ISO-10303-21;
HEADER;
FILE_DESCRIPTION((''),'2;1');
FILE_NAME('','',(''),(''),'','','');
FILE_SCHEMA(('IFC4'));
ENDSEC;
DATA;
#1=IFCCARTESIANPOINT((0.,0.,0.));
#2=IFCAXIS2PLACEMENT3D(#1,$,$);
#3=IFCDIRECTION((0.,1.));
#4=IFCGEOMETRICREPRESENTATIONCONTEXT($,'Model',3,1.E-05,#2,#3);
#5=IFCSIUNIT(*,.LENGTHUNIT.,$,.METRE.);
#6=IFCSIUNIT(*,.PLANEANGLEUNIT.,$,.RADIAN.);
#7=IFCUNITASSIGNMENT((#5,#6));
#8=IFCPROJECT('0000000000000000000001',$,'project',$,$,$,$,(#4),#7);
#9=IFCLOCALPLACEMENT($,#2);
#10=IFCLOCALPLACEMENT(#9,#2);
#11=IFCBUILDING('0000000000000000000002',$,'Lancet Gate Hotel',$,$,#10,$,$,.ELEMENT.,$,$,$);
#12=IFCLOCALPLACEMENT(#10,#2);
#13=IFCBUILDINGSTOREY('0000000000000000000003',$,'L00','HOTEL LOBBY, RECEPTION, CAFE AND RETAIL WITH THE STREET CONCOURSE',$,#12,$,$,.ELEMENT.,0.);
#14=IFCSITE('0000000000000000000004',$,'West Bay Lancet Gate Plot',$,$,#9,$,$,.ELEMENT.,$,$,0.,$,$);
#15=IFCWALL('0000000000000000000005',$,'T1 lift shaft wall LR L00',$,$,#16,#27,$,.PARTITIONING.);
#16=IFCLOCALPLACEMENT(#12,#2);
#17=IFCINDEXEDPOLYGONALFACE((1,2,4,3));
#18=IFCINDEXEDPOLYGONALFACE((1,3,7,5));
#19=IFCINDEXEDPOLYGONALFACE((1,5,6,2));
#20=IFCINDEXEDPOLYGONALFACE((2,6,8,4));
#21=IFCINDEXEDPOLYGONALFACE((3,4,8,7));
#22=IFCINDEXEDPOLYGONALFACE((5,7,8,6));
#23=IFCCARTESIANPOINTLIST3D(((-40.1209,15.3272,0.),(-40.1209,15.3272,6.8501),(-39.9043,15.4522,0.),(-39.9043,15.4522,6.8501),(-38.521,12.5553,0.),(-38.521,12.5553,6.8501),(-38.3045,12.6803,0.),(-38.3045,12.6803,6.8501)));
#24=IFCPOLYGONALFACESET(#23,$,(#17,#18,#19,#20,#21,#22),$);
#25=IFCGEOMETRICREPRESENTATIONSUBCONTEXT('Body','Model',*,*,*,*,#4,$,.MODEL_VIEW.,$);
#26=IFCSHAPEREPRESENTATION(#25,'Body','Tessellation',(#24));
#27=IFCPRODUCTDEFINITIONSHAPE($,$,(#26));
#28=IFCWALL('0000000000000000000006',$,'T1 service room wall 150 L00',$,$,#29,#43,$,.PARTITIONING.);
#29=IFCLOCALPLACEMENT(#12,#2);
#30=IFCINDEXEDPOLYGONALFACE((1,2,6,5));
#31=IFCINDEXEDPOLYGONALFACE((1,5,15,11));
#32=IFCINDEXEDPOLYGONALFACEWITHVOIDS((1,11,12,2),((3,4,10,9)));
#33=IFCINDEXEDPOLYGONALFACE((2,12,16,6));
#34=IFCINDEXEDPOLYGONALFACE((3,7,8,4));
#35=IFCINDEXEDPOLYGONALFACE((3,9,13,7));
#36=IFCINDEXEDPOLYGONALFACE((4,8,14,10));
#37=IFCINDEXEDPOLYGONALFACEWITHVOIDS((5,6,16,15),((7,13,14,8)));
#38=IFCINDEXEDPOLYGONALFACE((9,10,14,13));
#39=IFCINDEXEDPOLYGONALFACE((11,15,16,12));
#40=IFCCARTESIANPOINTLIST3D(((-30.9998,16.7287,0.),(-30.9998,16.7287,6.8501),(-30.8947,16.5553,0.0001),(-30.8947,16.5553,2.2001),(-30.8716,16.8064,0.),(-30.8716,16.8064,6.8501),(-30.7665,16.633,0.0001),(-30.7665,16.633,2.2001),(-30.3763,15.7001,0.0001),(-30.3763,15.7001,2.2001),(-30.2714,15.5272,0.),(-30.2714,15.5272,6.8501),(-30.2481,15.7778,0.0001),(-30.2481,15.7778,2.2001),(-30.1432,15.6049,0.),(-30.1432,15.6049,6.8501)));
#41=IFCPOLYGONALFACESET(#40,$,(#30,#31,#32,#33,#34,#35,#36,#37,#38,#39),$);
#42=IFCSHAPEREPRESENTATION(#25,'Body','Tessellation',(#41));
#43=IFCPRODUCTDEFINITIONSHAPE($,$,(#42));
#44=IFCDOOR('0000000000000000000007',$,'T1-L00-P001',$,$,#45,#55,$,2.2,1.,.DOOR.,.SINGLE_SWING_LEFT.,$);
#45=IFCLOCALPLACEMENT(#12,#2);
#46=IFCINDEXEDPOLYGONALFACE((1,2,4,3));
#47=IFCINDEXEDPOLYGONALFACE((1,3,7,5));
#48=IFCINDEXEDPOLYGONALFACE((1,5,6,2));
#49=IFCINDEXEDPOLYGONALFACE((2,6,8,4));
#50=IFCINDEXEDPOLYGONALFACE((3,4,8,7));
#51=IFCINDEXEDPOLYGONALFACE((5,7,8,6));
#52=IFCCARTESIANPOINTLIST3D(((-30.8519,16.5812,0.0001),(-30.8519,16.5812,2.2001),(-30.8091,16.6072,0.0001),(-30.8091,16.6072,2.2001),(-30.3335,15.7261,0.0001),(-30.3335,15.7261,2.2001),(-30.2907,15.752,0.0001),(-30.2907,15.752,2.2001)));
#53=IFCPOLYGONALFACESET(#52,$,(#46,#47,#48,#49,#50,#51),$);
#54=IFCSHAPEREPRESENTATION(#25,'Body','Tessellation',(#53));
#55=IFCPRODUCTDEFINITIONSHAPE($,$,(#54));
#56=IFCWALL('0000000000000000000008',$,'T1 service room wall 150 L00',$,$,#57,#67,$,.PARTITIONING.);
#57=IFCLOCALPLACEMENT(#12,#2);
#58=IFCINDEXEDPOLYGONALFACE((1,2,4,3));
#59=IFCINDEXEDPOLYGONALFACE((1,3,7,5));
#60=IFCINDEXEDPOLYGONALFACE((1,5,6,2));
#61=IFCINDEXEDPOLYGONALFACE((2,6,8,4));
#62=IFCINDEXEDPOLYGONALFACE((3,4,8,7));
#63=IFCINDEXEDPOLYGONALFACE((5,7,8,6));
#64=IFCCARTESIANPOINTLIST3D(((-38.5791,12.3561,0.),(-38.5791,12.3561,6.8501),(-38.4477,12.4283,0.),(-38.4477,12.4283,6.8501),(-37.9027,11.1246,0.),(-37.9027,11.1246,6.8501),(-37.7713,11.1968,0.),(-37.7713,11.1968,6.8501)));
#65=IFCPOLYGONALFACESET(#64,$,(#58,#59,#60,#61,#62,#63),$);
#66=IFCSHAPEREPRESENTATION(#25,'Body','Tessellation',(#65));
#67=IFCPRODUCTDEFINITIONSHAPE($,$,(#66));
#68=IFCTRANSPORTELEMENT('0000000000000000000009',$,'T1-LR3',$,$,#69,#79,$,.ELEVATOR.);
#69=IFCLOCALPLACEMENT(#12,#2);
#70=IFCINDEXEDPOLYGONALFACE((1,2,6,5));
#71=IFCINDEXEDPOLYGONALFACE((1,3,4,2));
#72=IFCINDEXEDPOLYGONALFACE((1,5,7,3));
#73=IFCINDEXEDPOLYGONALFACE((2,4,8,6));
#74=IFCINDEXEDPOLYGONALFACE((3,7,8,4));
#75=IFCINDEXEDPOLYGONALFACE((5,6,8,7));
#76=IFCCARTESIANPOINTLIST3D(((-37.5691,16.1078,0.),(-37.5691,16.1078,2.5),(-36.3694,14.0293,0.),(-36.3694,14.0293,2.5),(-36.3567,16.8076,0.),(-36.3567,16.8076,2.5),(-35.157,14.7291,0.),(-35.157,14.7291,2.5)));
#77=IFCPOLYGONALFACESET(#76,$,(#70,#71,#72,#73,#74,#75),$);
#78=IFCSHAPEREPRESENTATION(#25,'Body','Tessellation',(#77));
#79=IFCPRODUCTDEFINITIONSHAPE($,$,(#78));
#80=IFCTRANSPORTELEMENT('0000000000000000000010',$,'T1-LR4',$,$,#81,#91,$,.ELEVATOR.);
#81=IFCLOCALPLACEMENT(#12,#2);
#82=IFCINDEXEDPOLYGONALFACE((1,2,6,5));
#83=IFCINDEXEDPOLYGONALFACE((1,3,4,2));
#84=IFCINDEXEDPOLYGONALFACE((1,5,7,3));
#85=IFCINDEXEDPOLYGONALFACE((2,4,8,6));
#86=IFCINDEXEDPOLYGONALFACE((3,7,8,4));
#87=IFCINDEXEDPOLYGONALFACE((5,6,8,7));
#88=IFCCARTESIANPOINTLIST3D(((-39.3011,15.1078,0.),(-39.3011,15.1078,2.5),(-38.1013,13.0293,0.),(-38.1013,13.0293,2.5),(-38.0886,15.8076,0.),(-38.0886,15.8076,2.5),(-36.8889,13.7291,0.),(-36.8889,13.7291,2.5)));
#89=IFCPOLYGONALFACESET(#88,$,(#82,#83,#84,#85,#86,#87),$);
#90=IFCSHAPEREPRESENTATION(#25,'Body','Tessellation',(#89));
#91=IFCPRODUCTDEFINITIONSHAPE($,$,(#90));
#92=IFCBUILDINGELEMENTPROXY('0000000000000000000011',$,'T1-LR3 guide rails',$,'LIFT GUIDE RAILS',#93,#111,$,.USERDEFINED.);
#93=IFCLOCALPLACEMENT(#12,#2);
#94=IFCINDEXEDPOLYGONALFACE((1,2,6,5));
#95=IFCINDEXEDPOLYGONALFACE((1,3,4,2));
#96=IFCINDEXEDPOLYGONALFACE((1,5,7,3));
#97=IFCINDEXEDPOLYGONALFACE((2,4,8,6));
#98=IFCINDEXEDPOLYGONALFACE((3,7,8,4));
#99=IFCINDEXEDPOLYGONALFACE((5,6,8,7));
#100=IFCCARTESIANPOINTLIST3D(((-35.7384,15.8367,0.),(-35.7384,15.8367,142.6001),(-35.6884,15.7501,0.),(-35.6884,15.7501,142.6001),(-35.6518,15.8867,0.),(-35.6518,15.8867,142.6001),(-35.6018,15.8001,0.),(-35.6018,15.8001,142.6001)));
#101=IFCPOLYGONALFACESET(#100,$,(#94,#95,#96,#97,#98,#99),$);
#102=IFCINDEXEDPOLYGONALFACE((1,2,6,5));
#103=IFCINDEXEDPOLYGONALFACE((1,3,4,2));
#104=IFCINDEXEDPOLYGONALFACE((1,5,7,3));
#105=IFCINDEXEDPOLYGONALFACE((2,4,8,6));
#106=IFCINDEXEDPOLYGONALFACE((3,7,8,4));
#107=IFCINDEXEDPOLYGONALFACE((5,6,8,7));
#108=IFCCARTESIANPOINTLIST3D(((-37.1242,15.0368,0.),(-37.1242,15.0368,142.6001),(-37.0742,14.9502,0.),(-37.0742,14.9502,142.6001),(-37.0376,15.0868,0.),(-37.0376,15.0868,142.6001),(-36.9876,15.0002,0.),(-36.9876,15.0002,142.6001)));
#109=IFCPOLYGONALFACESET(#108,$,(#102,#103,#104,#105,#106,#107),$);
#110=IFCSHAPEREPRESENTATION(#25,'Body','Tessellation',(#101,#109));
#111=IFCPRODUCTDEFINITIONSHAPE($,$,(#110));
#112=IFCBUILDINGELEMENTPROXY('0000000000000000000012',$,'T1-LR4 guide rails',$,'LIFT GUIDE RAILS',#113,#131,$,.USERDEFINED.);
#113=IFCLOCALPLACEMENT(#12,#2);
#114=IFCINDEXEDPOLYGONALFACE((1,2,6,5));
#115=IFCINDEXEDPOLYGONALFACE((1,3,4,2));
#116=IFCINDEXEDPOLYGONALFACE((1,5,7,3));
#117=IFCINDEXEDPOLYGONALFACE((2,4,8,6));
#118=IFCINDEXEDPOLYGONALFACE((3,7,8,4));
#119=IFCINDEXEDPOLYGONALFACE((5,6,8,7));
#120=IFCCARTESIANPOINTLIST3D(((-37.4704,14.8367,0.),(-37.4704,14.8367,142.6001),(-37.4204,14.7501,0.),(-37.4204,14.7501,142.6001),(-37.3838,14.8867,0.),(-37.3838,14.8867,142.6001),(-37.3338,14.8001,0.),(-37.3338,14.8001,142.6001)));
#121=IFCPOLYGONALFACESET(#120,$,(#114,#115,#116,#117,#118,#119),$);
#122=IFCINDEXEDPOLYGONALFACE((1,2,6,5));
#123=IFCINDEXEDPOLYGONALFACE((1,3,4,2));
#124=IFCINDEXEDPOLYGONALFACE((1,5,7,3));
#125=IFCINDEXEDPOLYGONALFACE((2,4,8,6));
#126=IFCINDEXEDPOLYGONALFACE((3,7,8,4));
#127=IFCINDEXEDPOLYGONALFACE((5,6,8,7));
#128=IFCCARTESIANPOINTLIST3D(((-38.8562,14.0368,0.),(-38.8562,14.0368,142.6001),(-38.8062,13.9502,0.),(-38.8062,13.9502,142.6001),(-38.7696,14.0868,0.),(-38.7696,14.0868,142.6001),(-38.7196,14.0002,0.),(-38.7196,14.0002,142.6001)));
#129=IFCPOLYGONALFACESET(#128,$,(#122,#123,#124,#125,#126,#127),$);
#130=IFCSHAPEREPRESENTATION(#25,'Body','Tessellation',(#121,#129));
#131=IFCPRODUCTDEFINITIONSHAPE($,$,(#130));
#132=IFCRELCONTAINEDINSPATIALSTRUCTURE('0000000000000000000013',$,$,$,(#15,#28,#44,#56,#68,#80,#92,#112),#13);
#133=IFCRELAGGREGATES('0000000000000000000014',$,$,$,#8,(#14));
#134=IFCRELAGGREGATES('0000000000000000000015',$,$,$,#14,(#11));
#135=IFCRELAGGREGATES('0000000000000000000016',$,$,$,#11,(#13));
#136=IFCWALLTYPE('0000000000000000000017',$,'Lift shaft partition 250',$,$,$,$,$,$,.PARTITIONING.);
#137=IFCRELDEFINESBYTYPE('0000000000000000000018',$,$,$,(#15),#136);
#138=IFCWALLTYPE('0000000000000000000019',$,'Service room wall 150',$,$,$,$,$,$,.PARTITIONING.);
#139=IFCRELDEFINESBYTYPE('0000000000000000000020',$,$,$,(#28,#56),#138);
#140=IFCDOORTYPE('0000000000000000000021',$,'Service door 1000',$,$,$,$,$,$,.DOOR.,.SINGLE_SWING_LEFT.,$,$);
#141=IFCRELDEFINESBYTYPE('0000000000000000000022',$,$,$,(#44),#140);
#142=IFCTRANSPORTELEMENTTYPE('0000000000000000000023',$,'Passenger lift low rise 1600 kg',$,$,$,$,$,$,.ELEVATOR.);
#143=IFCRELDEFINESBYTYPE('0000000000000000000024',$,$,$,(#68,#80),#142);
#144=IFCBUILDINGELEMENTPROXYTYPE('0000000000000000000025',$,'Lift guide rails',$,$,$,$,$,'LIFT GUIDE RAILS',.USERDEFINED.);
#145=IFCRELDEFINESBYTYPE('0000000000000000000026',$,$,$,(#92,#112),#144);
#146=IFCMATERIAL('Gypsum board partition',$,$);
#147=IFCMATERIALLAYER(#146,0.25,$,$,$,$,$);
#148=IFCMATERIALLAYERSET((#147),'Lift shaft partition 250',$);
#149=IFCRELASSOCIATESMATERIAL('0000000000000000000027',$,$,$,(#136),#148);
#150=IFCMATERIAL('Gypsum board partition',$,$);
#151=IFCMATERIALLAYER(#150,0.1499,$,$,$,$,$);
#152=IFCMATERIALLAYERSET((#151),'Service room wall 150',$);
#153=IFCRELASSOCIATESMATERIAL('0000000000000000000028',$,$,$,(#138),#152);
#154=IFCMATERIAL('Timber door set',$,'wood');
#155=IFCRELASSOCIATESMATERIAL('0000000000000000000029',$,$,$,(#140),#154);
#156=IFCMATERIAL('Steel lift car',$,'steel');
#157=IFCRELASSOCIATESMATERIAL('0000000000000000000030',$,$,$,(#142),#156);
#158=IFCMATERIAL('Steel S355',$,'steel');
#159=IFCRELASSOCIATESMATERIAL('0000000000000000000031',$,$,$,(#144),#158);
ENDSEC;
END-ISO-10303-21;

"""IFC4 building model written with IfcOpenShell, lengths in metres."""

from ifc_helpers import new_model, si_unit, direction, frame, frame_2d, origin, origin_2d, place, context, subcontext, project, spatial, rectangle, extrude, material, layer, layer_set, type_object, element, fill, save


model = new_model("IFC4")

# Units and contexts
model_context = context("Model", 3, precision=1e-05, world=origin(), true_north=direction((0.0, 1.0)))
body_context = subcontext(model_context, "Body", "Model", "MODEL_VIEW")
ifc_project = project(units=[si_unit("LENGTHUNIT", "METRE"), si_unit("PLANEANGLEUNIT", "RADIAN")], contexts=[model_context])

# Site, building, storey
site_placement = place(None, origin())
site = spatial("IfcSite", under=ifc_project, at=site_placement, Name="West Bay Lancet Gate Plot", CompositionType="ELEMENT", RefElevation=0.0)
building_placement = place(site_placement, origin())
building = spatial("IfcBuilding", under=site, at=building_placement, Name="Lancet Gate Hotel", CompositionType="ELEMENT")
storey_placement = place(building_placement, origin())
storey = spatial("IfcBuildingStorey", under=building, at=storey_placement, Name="L00", Description="HOTEL LOBBY, RECEPTION, CAFE AND RETAIL WITH THE STREET CONCOURSE", CompositionType="ELEMENT", Elevation=0.0)

# Wall
ifc_material_1 = material(Name="Gypsum board partition")
ifc_layer_1 = layer(ifc_material_1, 0.25)
ifc_layer_set_1 = layer_set([ifc_layer_1], Name="Lift shaft partition 250")
wall_type_1 = type_object("IfcWallType", Name="Lift shaft partition 250", PredefinedType="PARTITIONING", material=ifc_layer_set_1)
wall_1_placement = place(storey_placement, frame((-38.4128, 12.6179, 0.0), z_axis=(0.0, 0.0, 1.0), x_axis=(-0.499872, 0.866099, 0.0)))
element("IfcWall", 1, at=wall_1_placement, inside=storey, type_object=wall_type_1, Name="T1 lift shaft wall LR L00", PredefinedType="PARTITIONING", context=body_context, shape_type="SweptSolid", body=[
    extrude(rectangle(XDim=3.2004, YDim=0.25, at=frame_2d((1.6001, 0.0))), origin(), (0.0, 0.0, 1.0), 6.8501),
])

# Wall, opening, door
ifc_material_2 = material(Name="Gypsum board partition")
ifc_layer_2 = layer(ifc_material_2, 0.1499)
ifc_layer_set_2 = layer_set([ifc_layer_2], Name="Service room wall 150")
wall_type_2 = type_object("IfcWallType", Name="Service room wall 150", PredefinedType="PARTITIONING", material=ifc_layer_set_2)
wall_2_placement = place(storey_placement, frame((-30.2073, 15.5659, 0.0), z_axis=(0.0, 0.0, 1.0), x_axis=(-0.518375, 0.855153, 0.0)))
wall_2 = element("IfcWall", 2, at=wall_2_placement, inside=storey, type_object=wall_type_2, Name="T1 service room wall 150 L00", PredefinedType="PARTITIONING", context=body_context, shape_type="SweptSolid", body=[
    extrude(rectangle(XDim=1.405, YDim=0.1499, at=frame_2d((0.7026, 0.0))), origin(), (0.0, 0.0, 1.0), 6.8501),
])
opening_1_placement = place(wall_2_placement, frame((0.2024, 0.0, 0.0)))
opening_1 = element("IfcOpeningElement", 3, at=opening_1_placement, cuts=wall_2, PredefinedType="OPENING", context=body_context, shape_type="SweptSolid", body=[
    extrude(rectangle(XDim=1.0, YDim=2.2, at=frame_2d((0.5, 1.1001))), frame((0.0, 0.085, 0.0), z_axis=(0.0, -1.0, 0.0), x_axis=(1.0, 0.0, 0.0)), (0.0, 0.0, 1.0), 0.1699),
])
ifc_material_3 = material(Name="Timber door set", Category="wood")
door_type_1 = type_object("IfcDoorType", Name="Service door 1000", OperationType="SINGLE_SWING_LEFT", PredefinedType="DOOR", material=ifc_material_3)
door_1_placement = place(opening_1_placement, origin())
door_1 = element("IfcDoor", 4, at=door_1_placement, inside=storey, type_object=door_type_1, Name="T1-L00-P001", OperationType="SINGLE_SWING_LEFT", OverallHeight=2.2, OverallWidth=1.0, PredefinedType="DOOR", context=body_context, shape_type="SweptSolid", body=[
    extrude(rectangle(XDim=1.0, YDim=2.2, at=frame_2d((0.5, 1.1001))), frame((0.0, 0.0249, 0.0), z_axis=(0.0, -1.0, 0.0), x_axis=(1.0, 0.0, 0.0)), (0.0, 0.0, 1.0), 0.05),
])
fill(opening_1, door_1)

# Wall
wall_3_placement = place(storey_placement, frame((-38.5134, 12.3923, 0.0), z_axis=(0.0, 0.0, 1.0), x_axis=(0.481358, -0.876524, 0.0)))
element("IfcWall", 5, at=wall_3_placement, inside=storey, type_object=wall_type_2, Name="T1 service room wall 150 L00", PredefinedType="PARTITIONING", context=body_context, shape_type="SweptSolid", body=[
    extrude(rectangle(XDim=1.405, YDim=0.1499, at=frame_2d((0.7026, 0.0))), origin(), (0.0, 0.0, 1.0), 6.8501),
])

# Transport elements
ifc_material_4 = material(Name="Steel lift car", Category="steel")
transport_element_type = type_object("IfcTransportElementType", Name="Passenger lift low rise 1600 kg", PredefinedType="ELEVATOR", material=ifc_material_4)
for number, where, z_axis, x_axis, name in (
    (6, (-36.363, 15.4185, 0.0), (0.0, 0.0, 1.0), (-0.499917, 0.866073, 0.0), "T1-LR3"),
    (7, (-38.095, 14.4185, 0.0), (0.0, 0.0, 1.0), (-0.499917, 0.866073, 0.0), "T1-LR4"),
):
    element("IfcTransportElement", number, at=place(storey_placement, frame(where, z_axis=z_axis, x_axis=x_axis)), inside=storey, type_object=transport_element_type, Name=name, PredefinedType="ELEVATOR", context=body_context, shape_type="SweptSolid", body=[
        extrude(rectangle(XDim=2.3999, YDim=1.3999, at=origin_2d()), origin(), (0.0, 0.0, 1.0), 2.5),
    ])

# Building element proxies
ifc_material_5 = material(Name="Steel S355", Category="steel")
building_element_proxy_type = type_object("IfcBuildingElementProxyType", Name="Lift guide rails", ElementType="LIFT GUIDE RAILS", PredefinedType="USERDEFINED", material=ifc_material_5)
for number, where, z_axis, x_axis, name in (
    (8, (-36.363, 15.4185, 0.0), (0.0, 0.0, 1.0), (-0.499917, 0.866073, 0.0), "T1-LR3 guide rails"),
    (9, (-38.095, 14.4185, 0.0), (0.0, 0.0, 1.0), (-0.499917, 0.866073, 0.0), "T1-LR4 guide rails"),
):
    element("IfcBuildingElementProxy", number, at=place(storey_placement, frame(where, z_axis=z_axis, x_axis=x_axis)), inside=storey, type_object=building_element_proxy_type, Name=name, ObjectType="LIFT GUIDE RAILS", PredefinedType="USERDEFINED", context=body_context, shape_type="SweptSolid", body=[
        extrude(rectangle(XDim=0.1, YDim=0.1, at=origin_2d()), frame((0.0, -0.8, 0.0)), (0.0, 0.0, 1.0), 142.6001),
        extrude(rectangle(XDim=0.1, YDim=0.1, at=origin_2d()), frame((0.0, 0.8, 0.0)), (0.0, 0.0, 1.0), 142.6001),
    ])

save(model, "model.ifc")
